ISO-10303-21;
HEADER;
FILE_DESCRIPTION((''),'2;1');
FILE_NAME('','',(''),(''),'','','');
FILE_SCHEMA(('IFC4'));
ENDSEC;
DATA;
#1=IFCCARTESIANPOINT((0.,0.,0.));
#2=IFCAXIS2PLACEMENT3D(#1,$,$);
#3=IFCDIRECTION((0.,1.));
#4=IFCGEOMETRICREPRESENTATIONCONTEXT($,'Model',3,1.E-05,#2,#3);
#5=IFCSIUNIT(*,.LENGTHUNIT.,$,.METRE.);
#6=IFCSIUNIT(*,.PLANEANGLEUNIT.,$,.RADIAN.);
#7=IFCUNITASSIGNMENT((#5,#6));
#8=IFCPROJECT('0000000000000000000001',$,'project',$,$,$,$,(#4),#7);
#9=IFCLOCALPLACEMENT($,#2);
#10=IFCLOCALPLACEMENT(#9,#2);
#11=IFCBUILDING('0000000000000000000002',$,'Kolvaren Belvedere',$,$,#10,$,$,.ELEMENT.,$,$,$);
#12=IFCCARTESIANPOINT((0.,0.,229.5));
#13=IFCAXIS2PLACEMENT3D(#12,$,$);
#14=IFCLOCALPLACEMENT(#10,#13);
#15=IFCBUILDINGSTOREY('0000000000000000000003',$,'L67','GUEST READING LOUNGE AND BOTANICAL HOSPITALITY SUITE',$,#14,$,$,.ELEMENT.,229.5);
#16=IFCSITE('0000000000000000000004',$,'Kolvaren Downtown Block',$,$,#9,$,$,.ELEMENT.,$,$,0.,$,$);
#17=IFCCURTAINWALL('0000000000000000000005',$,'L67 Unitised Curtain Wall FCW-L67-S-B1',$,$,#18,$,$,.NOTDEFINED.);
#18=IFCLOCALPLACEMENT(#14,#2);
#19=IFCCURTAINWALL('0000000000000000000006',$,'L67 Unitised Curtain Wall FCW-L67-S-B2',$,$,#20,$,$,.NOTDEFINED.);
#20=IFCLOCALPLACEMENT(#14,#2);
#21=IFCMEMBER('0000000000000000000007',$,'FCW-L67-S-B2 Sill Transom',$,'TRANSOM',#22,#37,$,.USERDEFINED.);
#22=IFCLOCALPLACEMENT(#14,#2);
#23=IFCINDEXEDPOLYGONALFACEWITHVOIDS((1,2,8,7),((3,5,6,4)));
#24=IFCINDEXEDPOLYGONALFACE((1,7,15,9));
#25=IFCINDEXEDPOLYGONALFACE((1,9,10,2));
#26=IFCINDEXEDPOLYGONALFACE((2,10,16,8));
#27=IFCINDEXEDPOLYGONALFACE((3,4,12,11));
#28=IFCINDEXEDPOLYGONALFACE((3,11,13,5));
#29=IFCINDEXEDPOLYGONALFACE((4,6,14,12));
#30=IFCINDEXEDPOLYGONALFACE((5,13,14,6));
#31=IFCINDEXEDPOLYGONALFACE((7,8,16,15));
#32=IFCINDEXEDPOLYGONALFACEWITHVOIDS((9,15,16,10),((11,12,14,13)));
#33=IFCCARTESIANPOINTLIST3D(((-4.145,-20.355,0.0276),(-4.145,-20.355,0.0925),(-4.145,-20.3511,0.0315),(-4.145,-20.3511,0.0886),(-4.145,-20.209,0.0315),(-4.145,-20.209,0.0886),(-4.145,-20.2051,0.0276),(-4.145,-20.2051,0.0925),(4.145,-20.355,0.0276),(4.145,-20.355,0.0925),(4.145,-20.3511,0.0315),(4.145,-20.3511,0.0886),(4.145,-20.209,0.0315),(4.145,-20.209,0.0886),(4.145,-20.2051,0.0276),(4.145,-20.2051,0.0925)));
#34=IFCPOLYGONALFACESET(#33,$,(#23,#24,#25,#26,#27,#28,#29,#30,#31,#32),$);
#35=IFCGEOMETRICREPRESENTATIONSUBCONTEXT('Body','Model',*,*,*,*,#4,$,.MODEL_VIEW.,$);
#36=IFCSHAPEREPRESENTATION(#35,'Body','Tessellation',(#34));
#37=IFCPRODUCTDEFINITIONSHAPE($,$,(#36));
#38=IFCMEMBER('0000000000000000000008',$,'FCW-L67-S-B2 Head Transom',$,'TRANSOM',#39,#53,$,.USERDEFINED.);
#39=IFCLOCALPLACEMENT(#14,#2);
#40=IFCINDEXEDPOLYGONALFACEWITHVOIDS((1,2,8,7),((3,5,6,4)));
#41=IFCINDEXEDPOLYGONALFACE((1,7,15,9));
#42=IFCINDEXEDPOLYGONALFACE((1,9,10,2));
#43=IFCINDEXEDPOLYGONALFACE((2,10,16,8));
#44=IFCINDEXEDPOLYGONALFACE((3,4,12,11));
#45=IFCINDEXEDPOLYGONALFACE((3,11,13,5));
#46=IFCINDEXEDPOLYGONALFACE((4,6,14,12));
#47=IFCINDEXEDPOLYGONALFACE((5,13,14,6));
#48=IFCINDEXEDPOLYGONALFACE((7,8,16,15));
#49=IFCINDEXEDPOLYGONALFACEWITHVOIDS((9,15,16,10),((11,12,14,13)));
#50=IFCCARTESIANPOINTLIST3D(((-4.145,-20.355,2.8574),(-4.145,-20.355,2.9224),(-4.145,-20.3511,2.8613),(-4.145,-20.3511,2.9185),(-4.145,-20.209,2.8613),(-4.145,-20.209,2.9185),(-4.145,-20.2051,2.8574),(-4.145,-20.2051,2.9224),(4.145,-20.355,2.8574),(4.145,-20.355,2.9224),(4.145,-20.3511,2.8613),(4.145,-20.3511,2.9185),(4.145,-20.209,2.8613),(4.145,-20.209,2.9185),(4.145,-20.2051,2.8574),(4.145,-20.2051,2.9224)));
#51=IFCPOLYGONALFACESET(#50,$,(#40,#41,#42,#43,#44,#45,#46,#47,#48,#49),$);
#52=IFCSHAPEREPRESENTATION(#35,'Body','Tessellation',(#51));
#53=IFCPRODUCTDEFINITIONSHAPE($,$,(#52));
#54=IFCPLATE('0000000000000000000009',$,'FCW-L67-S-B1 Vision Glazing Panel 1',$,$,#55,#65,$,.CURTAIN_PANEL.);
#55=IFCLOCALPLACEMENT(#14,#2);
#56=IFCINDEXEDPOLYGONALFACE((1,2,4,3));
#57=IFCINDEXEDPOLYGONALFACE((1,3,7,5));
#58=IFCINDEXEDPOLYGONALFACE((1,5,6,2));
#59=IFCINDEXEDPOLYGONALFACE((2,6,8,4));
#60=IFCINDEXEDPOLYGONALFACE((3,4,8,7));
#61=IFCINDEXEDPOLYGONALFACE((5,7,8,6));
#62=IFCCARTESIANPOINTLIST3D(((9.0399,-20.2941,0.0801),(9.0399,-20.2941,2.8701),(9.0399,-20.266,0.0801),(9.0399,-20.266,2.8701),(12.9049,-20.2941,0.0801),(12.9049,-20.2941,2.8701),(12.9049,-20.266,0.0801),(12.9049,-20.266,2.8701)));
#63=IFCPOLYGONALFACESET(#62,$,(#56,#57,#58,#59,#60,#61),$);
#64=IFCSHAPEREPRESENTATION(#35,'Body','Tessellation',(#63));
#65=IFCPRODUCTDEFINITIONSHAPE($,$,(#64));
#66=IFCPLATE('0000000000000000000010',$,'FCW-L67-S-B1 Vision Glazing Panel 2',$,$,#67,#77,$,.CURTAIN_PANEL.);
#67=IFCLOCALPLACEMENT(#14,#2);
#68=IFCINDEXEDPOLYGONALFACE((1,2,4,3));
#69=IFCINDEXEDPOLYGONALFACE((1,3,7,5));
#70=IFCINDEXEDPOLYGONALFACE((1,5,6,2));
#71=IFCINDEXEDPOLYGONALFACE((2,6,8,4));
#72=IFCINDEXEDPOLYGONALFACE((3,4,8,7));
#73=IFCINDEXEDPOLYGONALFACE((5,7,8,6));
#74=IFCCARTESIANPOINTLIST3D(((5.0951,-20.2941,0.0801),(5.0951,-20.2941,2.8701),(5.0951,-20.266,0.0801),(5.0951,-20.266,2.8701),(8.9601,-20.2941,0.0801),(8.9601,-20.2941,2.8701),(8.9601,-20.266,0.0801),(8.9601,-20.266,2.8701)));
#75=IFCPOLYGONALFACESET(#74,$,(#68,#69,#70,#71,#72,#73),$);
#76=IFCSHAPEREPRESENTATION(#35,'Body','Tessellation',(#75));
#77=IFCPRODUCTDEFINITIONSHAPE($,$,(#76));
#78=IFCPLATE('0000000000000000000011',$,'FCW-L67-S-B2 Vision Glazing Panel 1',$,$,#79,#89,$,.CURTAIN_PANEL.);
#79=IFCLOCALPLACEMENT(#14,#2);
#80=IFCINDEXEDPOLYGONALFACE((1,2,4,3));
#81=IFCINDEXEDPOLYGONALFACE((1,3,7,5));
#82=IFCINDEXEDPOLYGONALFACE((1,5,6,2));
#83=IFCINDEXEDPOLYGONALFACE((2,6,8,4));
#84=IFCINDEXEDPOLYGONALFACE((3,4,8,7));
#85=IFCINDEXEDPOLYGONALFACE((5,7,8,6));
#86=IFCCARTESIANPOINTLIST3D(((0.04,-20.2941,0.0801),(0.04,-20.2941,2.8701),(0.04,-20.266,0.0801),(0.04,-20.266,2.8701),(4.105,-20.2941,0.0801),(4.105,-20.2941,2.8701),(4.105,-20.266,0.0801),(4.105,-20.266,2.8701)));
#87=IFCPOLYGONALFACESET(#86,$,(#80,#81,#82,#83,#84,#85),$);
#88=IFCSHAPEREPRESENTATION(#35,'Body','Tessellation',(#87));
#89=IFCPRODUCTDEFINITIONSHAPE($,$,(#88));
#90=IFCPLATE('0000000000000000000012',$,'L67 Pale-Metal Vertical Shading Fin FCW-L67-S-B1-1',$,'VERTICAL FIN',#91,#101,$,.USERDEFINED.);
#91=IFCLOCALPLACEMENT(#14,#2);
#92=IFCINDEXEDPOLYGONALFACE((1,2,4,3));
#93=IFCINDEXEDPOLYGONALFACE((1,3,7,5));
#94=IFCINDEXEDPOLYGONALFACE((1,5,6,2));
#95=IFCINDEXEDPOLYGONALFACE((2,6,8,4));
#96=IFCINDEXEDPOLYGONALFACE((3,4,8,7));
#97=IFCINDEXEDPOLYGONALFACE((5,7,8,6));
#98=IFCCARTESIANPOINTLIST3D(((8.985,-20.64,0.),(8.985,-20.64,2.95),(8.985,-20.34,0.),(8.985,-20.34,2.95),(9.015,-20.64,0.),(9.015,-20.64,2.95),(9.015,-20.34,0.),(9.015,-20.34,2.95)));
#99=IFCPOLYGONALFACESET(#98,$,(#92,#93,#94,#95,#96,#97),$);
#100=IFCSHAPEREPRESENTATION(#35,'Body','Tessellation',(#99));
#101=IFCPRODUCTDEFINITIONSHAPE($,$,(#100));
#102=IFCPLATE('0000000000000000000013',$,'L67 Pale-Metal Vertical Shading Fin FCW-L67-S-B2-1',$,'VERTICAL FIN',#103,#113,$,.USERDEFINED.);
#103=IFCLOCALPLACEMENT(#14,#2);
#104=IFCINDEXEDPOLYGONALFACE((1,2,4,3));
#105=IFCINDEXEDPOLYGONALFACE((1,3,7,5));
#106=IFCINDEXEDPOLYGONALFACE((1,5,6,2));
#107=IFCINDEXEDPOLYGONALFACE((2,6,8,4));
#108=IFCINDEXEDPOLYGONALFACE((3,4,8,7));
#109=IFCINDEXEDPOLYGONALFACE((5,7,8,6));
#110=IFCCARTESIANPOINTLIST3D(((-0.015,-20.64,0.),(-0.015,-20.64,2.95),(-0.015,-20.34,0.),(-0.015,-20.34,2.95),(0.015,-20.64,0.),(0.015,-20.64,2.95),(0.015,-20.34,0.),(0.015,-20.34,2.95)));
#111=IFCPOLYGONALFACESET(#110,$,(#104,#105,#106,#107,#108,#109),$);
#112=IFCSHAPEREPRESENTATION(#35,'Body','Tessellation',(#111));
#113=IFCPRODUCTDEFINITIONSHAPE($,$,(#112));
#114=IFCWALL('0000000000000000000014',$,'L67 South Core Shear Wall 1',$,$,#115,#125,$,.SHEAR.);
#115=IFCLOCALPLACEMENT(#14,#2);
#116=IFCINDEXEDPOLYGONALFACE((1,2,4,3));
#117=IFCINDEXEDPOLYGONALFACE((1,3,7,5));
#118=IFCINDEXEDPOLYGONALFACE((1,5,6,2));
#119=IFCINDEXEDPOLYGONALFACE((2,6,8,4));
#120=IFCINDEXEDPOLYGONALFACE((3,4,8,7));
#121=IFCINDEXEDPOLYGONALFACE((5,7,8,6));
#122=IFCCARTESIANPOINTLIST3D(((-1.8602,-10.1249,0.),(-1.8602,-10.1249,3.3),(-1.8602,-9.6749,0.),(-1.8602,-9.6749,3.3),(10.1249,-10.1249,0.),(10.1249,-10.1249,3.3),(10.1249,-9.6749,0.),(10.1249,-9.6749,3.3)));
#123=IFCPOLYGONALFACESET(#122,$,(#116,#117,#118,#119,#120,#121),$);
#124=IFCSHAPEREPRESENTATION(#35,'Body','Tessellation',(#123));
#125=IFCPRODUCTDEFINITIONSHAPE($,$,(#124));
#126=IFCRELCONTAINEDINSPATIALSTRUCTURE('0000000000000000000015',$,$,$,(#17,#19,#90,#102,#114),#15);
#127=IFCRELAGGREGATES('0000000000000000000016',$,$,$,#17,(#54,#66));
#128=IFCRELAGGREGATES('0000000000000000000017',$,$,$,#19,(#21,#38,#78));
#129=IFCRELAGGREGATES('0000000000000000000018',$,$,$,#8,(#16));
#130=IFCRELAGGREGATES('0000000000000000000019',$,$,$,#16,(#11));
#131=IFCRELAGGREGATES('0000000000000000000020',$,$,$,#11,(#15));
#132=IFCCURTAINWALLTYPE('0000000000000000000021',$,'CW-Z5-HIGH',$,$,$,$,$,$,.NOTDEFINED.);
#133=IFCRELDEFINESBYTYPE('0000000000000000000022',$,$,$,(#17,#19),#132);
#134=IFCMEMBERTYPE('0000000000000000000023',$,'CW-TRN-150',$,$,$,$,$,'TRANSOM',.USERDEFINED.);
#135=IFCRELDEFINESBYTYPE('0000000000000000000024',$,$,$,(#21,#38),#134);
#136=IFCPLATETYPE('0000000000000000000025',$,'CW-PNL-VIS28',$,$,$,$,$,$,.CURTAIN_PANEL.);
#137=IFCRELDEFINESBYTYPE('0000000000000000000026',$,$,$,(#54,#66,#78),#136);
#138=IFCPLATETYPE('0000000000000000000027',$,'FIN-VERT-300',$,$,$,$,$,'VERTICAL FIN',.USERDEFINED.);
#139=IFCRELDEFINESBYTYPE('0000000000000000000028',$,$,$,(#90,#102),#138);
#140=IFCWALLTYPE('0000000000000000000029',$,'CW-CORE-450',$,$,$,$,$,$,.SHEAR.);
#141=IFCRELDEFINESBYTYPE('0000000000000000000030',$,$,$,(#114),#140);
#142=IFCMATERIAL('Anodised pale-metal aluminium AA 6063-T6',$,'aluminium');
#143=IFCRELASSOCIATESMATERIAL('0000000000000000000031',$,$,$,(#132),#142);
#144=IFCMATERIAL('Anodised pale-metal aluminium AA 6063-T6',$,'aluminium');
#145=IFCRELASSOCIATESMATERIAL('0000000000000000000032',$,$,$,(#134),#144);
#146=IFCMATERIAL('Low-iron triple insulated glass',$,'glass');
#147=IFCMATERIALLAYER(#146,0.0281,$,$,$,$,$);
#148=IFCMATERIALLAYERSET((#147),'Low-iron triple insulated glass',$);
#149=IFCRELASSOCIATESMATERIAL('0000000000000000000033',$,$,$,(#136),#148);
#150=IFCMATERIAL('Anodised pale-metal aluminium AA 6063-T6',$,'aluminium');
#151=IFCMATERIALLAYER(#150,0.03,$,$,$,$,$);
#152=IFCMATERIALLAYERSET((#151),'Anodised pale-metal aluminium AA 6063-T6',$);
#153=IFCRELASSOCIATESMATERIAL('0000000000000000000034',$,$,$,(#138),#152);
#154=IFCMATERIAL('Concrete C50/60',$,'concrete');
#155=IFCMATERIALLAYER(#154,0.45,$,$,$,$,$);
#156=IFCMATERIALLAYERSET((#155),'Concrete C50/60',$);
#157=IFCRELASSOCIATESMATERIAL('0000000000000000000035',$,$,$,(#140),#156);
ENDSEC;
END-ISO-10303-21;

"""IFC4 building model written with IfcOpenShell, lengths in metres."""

from ifc_helpers import new_model, si_unit, direction, frame, frame_2d, origin, origin_2d, place, context, subcontext, project, spatial, rectangle, hollow_rectangle, extrude, material, layer, layer_set, material_profile, profile_set, type_object, element, aggregate, save


model = new_model("IFC4")

# Units and contexts
model_context = context("Model", 3, precision=1e-05, world=origin(), true_north=direction((0.0, 1.0)))
body_context = subcontext(model_context, "Body", "Model", "MODEL_VIEW")
ifc_project = project(units=[si_unit("LENGTHUNIT", "METRE"), si_unit("PLANEANGLEUNIT", "RADIAN")], contexts=[model_context])

# Site, building, storey
site_placement = place(None, origin())
site = spatial("IfcSite", under=ifc_project, at=site_placement, Name="Kolvaren Downtown Block", CompositionType="ELEMENT", RefElevation=0.0)
building_placement = place(site_placement, origin())
building = spatial("IfcBuilding", under=site, at=building_placement, Name="Kolvaren Belvedere", CompositionType="ELEMENT")
storey_placement = place(building_placement, frame((0.0, 0.0, 229.5)))
storey = spatial("IfcBuildingStorey", under=building, at=storey_placement, Name="L67", Description="GUEST READING LOUNGE AND BOTANICAL HOSPITALITY SUITE", CompositionType="ELEMENT", Elevation=229.5)

# Curtain walls, members
ifc_material_1 = material(Name="Anodised pale-metal aluminium AA 6063-T6", Category="aluminium")
curtain_wall_type = type_object("IfcCurtainWallType", Name="CW-Z5-HIGH", PredefinedType="NOTDEFINED", material=ifc_material_1)
curtain_wall_1_placement = place(storey_placement, origin())
curtain_wall_1 = element("IfcCurtainWall", 1, at=curtain_wall_1_placement, inside=storey, type_object=curtain_wall_type, Name="L67 Unitised Curtain Wall FCW-L67-S-B1", PredefinedType="NOTDEFINED")
curtain_wall_2_placement = place(storey_placement, origin())
curtain_wall_2 = element("IfcCurtainWall", 2, at=curtain_wall_2_placement, inside=storey, type_object=curtain_wall_type, Name="L67 Unitised Curtain Wall FCW-L67-S-B2", PredefinedType="NOTDEFINED")
ifc_material_2 = material(Name="Anodised pale-metal aluminium AA 6063-T6", Category="aluminium")
ifc_material_profile_1 = material_profile(ifc_material_2, hollow_rectangle(XDim=0.0649, YDim=0.1499, WallThickness=0.0039, at=origin_2d()), Name="ALU-TRN-150X65")
ifc_profile_set_1 = profile_set([ifc_material_profile_1], Name="Anodised pale-metal aluminium AA 6063-T6")
member_type_1 = type_object("IfcMemberType", Name="CW-TRN-150", ElementType="TRANSOM", PredefinedType="USERDEFINED", material=ifc_profile_set_1)
member_1_placement = place(storey_placement, frame((4.145, -20.28, 0.0601), z_axis=(-1.0, 0.0, 0.0), x_axis=(0.0, 0.0, 1.0)))
member_1 = element("IfcMember", 3, at=member_1_placement, type_object=member_type_1, Name="FCW-L67-S-B2 Sill Transom", ObjectType="TRANSOM", PredefinedType="USERDEFINED", context=body_context, shape_type="SweptSolid", body=[
    extrude(hollow_rectangle(XDim=0.0649, YDim=0.1499, WallThickness=0.0039, at=origin_2d()), origin(), (0.0, 0.0, 1.0), 8.29),
])
member_2_placement = place(storey_placement, frame((4.145, -20.28, 2.8899), z_axis=(-1.0, 0.0, 0.0), x_axis=(0.0, 0.0, 1.0)))
member_2 = element("IfcMember", 4, at=member_2_placement, type_object=member_type_1, Name="FCW-L67-S-B2 Head Transom", ObjectType="TRANSOM", PredefinedType="USERDEFINED", context=body_context, shape_type="SweptSolid", body=[
    extrude(hollow_rectangle(XDim=0.0649, YDim=0.1499, WallThickness=0.0039, at=origin_2d()), origin(), (0.0, 0.0, 1.0), 8.29),
])

# Plates
ifc_material_3 = material(Name="Low-iron triple insulated glass", Category="glass")
ifc_layer_1 = layer(ifc_material_3, 0.0281)
ifc_layer_set_1 = layer_set([ifc_layer_1], Name="Low-iron triple insulated glass")
plate_type_1 = type_object("IfcPlateType", Name="CW-PNL-VIS28", PredefinedType="CURTAIN_PANEL", material=ifc_layer_set_1)
plate_1_placement = place(storey_placement, frame((10.9724, -20.28, 0.0801), z_axis=(0.0, 0.0, 1.0), x_axis=(-1.0, 0.0, 0.0)))
plate_1 = element("IfcPlate", 5, at=plate_1_placement, type_object=plate_type_1, Name="FCW-L67-S-B1 Vision Glazing Panel 1", PredefinedType="CURTAIN_PANEL", context=body_context, shape_type="SweptSolid", body=[
    extrude(rectangle(XDim=3.865, YDim=0.0281, at=origin_2d()), origin(), (0.0, 0.0, 1.0), 2.79),
])
plate_2_placement = place(storey_placement, frame((7.0276, -20.28, 0.0801), z_axis=(0.0, 0.0, 1.0), x_axis=(-1.0, 0.0, 0.0)))
plate_2 = element("IfcPlate", 6, at=plate_2_placement, type_object=plate_type_1, Name="FCW-L67-S-B1 Vision Glazing Panel 2", PredefinedType="CURTAIN_PANEL", context=body_context, shape_type="SweptSolid", body=[
    extrude(rectangle(XDim=3.865, YDim=0.0281, at=origin_2d()), origin(), (0.0, 0.0, 1.0), 2.79),
])
aggregate(curtain_wall_1, [plate_1, plate_2])
plate_3_placement = place(storey_placement, frame((2.0725, -20.28, 0.0801), z_axis=(0.0, 0.0, 1.0), x_axis=(-1.0, 0.0, 0.0)))
plate_3 = element("IfcPlate", 7, at=plate_3_placement, type_object=plate_type_1, Name="FCW-L67-S-B2 Vision Glazing Panel 1", PredefinedType="CURTAIN_PANEL", context=body_context, shape_type="SweptSolid", body=[
    extrude(rectangle(XDim=4.0649, YDim=0.0281, at=origin_2d()), origin(), (0.0, 0.0, 1.0), 2.79),
])
aggregate(curtain_wall_2, [member_1, member_2, plate_3])

# Plates
ifc_material_4 = material(Name="Anodised pale-metal aluminium AA 6063-T6", Category="aluminium")
ifc_layer_2 = layer(ifc_material_4, 0.03)
ifc_layer_set_2 = layer_set([ifc_layer_2], Name="Anodised pale-metal aluminium AA 6063-T6")
plate_type_2 = type_object("IfcPlateType", Name="FIN-VERT-300", ElementType="VERTICAL FIN", PredefinedType="USERDEFINED", material=ifc_layer_set_2)
for number, where, z_axis, x_axis, name in (
    (8, (9.0, -20.49, 0.0), (0.0, 0.0, 1.0), (0.0, 1.0, 0.0), "L67 Pale-Metal Vertical Shading Fin FCW-L67-S-B1-1"),
    (9, (0.0, -20.49, 0.0), (0.0, 0.0, 1.0), (0.0, 1.0, 0.0), "L67 Pale-Metal Vertical Shading Fin FCW-L67-S-B2-1"),
):
    element("IfcPlate", number, at=place(storey_placement, frame(where, z_axis=z_axis, x_axis=x_axis)), inside=storey, type_object=plate_type_2, Name=name, ObjectType="VERTICAL FIN", PredefinedType="USERDEFINED", context=body_context, shape_type="SweptSolid", body=[
        extrude(rectangle(XDim=0.3, YDim=0.03, at=origin_2d()), origin(), (0.0, 0.0, 1.0), 2.95),
    ])

# Wall
ifc_material_5 = material(Name="Concrete C50/60", Category="concrete")
ifc_layer_3 = layer(ifc_material_5, 0.45)
ifc_layer_set_3 = layer_set([ifc_layer_3], Name="Concrete C50/60")
wall_type_1 = type_object("IfcWallType", Name="CW-CORE-450", PredefinedType="SHEAR", material=ifc_layer_set_3)
wall_1_placement = place(storey_placement, frame((10.125, -9.8999, 0.0), z_axis=(0.0, 0.0, 1.0), x_axis=(-1.0, 0.0, 0.0)))
element("IfcWall", 10, at=wall_1_placement, inside=storey, type_object=wall_type_1, Name="L67 South Core Shear Wall 1", PredefinedType="SHEAR", context=body_context, shape_type="SweptSolid", body=[
    extrude(rectangle(XDim=11.9851, YDim=0.45, at=frame_2d((5.9927, 0.0))), origin(), (0.0, 0.0, 1.0), 3.3),
])

save(model, "model.ifc")
